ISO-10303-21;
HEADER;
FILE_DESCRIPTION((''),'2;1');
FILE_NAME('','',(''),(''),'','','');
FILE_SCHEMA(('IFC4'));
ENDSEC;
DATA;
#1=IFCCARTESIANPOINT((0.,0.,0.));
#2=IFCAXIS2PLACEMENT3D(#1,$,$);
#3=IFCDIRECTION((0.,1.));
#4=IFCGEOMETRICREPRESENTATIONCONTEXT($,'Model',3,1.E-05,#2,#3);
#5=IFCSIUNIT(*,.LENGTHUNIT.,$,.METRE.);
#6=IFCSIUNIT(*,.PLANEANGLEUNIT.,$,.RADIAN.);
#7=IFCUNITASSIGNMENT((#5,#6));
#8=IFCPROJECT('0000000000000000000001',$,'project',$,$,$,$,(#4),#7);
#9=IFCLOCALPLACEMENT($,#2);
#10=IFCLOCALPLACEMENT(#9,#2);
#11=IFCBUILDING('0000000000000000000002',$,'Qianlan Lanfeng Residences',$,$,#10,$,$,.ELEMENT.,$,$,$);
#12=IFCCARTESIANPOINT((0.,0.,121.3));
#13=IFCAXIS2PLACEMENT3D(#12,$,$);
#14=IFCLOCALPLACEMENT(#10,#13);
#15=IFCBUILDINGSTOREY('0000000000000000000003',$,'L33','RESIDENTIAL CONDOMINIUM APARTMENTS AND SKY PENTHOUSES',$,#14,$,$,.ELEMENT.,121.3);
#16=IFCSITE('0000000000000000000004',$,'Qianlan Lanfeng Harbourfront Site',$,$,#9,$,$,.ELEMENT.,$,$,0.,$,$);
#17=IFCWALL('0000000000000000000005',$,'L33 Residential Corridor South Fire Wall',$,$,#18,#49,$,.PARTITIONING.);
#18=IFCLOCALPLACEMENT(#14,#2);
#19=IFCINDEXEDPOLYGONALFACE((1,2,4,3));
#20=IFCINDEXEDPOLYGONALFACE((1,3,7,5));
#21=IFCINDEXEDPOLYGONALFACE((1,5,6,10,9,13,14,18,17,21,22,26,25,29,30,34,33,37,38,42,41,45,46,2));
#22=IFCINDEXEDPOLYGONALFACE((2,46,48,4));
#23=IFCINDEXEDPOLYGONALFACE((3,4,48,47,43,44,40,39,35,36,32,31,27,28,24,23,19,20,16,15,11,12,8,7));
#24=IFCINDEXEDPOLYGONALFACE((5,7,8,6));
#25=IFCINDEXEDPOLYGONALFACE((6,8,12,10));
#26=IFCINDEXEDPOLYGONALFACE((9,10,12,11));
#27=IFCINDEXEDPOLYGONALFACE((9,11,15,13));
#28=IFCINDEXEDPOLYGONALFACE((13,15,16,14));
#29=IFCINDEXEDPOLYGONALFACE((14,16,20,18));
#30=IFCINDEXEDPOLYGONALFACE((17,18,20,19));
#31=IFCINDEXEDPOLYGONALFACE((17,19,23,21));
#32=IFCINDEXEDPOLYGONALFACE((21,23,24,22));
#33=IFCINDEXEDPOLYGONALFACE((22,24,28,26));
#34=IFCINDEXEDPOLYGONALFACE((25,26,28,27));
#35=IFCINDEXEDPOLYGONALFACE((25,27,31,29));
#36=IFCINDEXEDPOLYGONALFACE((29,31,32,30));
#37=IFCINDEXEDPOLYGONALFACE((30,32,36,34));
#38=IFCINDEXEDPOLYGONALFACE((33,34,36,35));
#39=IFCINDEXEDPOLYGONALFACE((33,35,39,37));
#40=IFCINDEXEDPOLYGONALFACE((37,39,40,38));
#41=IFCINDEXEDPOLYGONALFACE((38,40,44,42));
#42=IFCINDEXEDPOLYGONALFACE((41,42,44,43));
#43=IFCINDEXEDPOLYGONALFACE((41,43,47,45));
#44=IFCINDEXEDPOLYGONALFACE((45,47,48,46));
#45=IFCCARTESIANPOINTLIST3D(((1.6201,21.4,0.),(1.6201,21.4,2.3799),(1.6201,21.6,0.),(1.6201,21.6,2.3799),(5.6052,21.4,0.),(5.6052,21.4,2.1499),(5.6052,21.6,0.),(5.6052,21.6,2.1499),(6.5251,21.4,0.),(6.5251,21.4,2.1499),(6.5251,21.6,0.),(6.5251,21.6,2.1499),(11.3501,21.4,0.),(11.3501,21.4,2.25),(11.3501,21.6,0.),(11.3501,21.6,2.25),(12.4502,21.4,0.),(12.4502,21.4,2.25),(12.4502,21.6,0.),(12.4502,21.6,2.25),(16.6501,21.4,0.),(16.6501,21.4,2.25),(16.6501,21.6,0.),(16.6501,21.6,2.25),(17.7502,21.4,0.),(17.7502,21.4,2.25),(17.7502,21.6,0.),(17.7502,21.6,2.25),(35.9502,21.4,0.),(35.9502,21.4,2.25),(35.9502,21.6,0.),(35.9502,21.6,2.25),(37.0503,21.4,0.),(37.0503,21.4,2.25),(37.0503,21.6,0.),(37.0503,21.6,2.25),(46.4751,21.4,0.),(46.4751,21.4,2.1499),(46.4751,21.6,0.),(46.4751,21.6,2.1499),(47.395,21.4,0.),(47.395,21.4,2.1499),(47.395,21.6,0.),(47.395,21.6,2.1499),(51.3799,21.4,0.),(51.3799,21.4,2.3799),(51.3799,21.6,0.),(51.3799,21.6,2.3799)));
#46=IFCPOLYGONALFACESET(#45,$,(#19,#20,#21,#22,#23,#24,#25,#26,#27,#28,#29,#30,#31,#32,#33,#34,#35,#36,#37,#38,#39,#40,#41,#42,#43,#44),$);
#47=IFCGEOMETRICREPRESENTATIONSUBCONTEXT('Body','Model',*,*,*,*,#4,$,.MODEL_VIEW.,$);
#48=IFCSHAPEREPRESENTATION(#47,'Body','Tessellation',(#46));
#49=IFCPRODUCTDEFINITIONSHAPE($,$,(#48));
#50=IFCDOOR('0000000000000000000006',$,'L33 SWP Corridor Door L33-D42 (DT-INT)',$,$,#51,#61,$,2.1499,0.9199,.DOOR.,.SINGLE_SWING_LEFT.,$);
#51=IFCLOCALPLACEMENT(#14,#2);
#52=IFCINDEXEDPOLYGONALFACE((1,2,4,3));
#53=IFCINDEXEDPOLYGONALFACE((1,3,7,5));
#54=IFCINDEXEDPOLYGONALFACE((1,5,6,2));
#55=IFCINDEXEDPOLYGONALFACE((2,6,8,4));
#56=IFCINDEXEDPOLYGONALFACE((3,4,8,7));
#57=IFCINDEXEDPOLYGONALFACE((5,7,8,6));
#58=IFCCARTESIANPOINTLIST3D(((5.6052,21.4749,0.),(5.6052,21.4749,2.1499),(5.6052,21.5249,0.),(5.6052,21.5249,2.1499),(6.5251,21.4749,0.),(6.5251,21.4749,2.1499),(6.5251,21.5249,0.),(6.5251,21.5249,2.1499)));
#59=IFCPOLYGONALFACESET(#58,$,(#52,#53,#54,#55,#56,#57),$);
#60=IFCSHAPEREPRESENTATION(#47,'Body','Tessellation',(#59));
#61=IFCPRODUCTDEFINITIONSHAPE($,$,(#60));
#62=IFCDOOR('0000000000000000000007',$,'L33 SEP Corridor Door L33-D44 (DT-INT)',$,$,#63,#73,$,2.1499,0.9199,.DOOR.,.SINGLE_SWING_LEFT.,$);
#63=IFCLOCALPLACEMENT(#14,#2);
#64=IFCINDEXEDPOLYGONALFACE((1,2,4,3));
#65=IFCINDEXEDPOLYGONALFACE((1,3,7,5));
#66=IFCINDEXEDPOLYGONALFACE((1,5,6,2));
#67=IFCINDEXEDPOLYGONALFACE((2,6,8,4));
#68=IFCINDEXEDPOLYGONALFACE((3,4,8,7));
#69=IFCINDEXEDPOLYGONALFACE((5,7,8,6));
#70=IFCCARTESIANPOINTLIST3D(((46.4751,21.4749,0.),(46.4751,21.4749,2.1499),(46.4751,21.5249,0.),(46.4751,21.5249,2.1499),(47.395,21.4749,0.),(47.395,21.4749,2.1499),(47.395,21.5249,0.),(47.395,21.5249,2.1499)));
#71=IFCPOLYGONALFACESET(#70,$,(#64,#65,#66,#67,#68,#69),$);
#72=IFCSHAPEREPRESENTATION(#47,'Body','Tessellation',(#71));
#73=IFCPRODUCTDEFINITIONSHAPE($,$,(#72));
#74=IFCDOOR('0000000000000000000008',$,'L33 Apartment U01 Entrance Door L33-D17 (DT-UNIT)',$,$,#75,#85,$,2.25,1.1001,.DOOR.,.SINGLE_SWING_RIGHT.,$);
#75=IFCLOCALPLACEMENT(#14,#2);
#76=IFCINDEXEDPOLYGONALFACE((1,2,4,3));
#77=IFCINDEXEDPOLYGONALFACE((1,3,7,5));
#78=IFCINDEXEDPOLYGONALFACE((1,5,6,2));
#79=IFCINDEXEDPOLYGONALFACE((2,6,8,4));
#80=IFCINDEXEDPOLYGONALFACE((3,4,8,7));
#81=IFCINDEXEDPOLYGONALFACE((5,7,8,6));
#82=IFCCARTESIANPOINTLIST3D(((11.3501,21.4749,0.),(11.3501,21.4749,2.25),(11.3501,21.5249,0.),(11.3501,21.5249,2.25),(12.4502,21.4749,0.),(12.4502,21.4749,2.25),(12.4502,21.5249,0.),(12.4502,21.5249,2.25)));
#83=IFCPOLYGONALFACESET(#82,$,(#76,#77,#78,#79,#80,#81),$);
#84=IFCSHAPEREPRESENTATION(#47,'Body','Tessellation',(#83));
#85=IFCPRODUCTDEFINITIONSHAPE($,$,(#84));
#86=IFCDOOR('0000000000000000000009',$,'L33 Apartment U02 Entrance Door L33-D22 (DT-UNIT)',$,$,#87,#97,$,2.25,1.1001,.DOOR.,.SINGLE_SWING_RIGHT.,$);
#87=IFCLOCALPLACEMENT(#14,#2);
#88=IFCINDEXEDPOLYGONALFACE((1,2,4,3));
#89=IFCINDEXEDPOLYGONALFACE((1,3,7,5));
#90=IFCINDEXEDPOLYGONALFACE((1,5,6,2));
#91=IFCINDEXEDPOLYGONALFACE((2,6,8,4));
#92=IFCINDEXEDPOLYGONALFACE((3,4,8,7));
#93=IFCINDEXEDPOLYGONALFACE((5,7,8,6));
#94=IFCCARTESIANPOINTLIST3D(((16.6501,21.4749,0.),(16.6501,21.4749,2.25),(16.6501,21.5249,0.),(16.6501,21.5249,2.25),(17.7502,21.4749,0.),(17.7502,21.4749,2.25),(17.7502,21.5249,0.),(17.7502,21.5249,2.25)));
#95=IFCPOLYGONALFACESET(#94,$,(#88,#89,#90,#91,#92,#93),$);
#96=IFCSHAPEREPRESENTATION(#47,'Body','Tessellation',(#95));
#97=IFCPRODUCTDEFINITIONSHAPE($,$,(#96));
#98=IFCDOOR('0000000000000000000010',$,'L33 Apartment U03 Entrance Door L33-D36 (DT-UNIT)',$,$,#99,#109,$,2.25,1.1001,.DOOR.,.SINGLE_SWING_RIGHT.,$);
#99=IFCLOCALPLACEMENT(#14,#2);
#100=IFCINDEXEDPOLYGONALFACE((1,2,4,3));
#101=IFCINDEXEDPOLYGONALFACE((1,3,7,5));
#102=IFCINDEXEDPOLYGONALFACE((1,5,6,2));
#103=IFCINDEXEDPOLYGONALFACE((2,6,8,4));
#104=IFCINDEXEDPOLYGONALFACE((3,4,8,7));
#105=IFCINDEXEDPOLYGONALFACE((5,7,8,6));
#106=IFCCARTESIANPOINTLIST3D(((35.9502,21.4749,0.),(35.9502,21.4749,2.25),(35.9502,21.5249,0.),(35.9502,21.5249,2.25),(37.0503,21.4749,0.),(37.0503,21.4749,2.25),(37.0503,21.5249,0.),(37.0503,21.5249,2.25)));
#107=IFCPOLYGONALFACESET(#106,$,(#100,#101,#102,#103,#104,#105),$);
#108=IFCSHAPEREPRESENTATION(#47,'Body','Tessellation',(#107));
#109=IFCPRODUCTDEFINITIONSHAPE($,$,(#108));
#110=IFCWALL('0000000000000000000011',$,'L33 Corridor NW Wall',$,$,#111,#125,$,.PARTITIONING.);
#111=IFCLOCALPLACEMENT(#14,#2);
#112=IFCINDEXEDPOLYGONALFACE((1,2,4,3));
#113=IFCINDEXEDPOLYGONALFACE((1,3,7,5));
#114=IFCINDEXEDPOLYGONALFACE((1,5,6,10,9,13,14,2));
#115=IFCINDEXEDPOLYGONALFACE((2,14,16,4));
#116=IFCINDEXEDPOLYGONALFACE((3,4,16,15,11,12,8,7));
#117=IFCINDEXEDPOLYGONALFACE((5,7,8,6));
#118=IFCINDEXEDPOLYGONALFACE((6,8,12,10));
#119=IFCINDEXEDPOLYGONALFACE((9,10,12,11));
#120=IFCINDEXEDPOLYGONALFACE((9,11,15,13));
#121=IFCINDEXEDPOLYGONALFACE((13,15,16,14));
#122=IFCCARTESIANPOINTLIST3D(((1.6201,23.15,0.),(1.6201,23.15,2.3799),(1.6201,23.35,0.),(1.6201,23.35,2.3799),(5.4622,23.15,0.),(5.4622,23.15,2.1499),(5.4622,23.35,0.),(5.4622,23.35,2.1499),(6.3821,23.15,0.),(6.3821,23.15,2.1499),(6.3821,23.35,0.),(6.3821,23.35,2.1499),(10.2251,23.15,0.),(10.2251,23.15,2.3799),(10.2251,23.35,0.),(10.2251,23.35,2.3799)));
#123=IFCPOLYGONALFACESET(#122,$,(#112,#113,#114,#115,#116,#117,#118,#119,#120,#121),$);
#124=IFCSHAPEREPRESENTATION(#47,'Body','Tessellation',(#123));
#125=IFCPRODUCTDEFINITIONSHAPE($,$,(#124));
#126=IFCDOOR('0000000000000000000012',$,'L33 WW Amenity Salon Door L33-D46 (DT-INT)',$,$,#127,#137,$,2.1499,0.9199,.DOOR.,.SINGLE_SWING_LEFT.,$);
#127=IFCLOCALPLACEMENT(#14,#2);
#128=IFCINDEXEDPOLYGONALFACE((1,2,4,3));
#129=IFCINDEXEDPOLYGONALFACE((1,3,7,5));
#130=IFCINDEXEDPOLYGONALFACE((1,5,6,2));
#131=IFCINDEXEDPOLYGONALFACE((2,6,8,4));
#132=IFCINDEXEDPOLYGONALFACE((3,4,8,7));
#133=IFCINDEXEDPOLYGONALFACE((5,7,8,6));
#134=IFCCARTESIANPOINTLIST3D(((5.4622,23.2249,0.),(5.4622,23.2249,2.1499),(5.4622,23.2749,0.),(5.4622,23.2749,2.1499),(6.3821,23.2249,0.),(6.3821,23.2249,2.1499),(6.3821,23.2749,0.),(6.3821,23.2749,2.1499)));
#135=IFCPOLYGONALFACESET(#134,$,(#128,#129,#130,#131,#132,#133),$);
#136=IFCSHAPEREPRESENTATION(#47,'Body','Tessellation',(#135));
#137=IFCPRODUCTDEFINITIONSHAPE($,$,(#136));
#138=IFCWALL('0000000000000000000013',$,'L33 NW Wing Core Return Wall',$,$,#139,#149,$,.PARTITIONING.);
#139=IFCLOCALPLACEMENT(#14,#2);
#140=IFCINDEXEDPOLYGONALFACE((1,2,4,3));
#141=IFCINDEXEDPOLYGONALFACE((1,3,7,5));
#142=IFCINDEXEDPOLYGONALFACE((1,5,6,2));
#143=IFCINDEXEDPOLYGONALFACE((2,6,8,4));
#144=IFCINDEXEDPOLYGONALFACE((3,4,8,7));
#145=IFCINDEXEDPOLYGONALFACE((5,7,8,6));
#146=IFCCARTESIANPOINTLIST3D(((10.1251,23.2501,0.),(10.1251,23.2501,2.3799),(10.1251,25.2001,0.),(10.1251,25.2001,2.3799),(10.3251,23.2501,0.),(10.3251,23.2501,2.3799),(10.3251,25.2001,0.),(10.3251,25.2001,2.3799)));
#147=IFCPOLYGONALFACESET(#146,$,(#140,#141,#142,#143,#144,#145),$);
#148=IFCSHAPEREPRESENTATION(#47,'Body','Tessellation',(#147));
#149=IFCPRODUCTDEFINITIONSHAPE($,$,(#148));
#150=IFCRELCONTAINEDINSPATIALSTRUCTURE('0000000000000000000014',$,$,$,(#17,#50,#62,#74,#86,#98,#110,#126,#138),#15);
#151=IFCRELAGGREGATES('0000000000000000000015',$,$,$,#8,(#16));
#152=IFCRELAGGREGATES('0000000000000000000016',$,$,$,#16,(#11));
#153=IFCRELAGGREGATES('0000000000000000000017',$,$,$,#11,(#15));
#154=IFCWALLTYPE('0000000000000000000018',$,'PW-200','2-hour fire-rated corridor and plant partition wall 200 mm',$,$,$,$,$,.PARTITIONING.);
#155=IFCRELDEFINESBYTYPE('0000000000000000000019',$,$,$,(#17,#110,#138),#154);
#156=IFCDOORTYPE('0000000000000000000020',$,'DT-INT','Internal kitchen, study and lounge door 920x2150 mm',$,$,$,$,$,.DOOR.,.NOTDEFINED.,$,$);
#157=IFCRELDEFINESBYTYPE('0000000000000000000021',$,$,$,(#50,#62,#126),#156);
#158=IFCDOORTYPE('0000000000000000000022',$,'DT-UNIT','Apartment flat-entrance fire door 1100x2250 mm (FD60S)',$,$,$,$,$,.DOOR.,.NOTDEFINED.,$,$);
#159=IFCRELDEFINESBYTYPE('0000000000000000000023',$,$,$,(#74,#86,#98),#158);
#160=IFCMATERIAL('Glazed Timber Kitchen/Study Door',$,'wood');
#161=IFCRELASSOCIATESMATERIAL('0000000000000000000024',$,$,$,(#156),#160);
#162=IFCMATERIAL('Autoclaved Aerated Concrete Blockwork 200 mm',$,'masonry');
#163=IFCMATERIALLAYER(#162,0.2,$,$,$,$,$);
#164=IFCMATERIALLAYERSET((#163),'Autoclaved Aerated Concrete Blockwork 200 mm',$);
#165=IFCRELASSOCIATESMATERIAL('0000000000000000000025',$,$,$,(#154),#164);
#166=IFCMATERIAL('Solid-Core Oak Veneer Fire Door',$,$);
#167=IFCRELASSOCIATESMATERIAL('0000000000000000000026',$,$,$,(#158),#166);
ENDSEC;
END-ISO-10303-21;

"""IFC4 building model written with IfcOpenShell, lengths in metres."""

from ifc_helpers import new_model, si_unit, direction, frame, frame_2d, origin, place, context, subcontext, project, spatial, rectangle, extrude, material, layer, layer_set, type_object, element, fill, save


model = new_model("IFC4")

# Units and contexts
model_context = context("Model", 3, precision=1e-05, world=origin(), true_north=direction((0.0, 1.0)))
body_context = subcontext(model_context, "Body", "Model", "MODEL_VIEW")
ifc_project = project(units=[si_unit("LENGTHUNIT", "METRE"), si_unit("PLANEANGLEUNIT", "RADIAN")], contexts=[model_context])

# Site, building, storey
site_placement = place(None, origin())
site = spatial("IfcSite", under=ifc_project, at=site_placement, Name="Qianlan Lanfeng Harbourfront Site", CompositionType="ELEMENT", RefElevation=0.0)
building_placement = place(site_placement, origin())
building = spatial("IfcBuilding", under=site, at=building_placement, Name="Qianlan Lanfeng Residences", CompositionType="ELEMENT")
storey_placement = place(building_placement, frame((0.0, 0.0, 121.3)))
storey = spatial("IfcBuildingStorey", under=building, at=storey_placement, Name="L33", Description="RESIDENTIAL CONDOMINIUM APARTMENTS AND SKY PENTHOUSES", CompositionType="ELEMENT", Elevation=121.3)

# Shared definitions
ifc_material_1 = material(Name="Glazed Timber Kitchen/Study Door", Category="wood")
door_type_1 = type_object("IfcDoorType", Name="DT-INT", Description="Internal kitchen, study and lounge door 920x2150 mm", OperationType="NOTDEFINED", PredefinedType="DOOR", material=ifc_material_1)

# Wall, openings, doors
ifc_material_2 = material(Name="Autoclaved Aerated Concrete Blockwork 200 mm", Category="masonry")
ifc_layer_1 = layer(ifc_material_2, 0.2)
ifc_layer_set_1 = layer_set([ifc_layer_1], Name="Autoclaved Aerated Concrete Blockwork 200 mm")
wall_type_1 = type_object("IfcWallType", Name="PW-200", Description="2-hour fire-rated corridor and plant partition wall 200 mm", PredefinedType="PARTITIONING", material=ifc_layer_set_1)
wall_1_placement = place(storey_placement, frame((1.6201, 21.5, 0.0), z_axis=(0.0, 0.0, 1.0), x_axis=(1.0, 0.0, 0.0)))
wall_1 = element("IfcWall", 1, at=wall_1_placement, inside=storey, type_object=wall_type_1, Name="L33 Residential Corridor South Fire Wall", PredefinedType="PARTITIONING", context=body_context, shape_type="SweptSolid", body=[
    extrude(rectangle(XDim=49.7598, YDim=0.2, at=frame_2d((24.8799, 0.0))), origin(), (0.0, 0.0, 1.0), 2.3799),
])
opening_1_placement = place(wall_1_placement, frame((9.73, 0.0, 0.0)))
opening_1 = element("IfcOpeningElement", 2, at=opening_1_placement, cuts=wall_1, PredefinedType="OPENING", context=body_context, shape_type="SweptSolid", body=[
    extrude(rectangle(XDim=1.1001, YDim=2.25, at=frame_2d((0.55, 1.125))), frame((0.0, 0.1099, 0.0), z_axis=(0.0, -1.0, 0.0), x_axis=(1.0, 0.0, 0.0)), (0.0, 0.0, 1.0), 0.22),
])
opening_2_placement = place(wall_1_placement, frame((15.03, 0.0, 0.0)))
opening_2 = element("IfcOpeningElement", 3, at=opening_2_placement, cuts=wall_1, PredefinedType="OPENING", context=body_context, shape_type="SweptSolid", body=[
    extrude(rectangle(XDim=1.1001, YDim=2.25, at=frame_2d((0.55, 1.125))), frame((0.0, 0.1099, 0.0), z_axis=(0.0, -1.0, 0.0), x_axis=(1.0, 0.0, 0.0)), (0.0, 0.0, 1.0), 0.22),
])
opening_3_placement = place(wall_1_placement, frame((34.3301, 0.0, 0.0)))
opening_3 = element("IfcOpeningElement", 4, at=opening_3_placement, cuts=wall_1, PredefinedType="OPENING", context=body_context, shape_type="SweptSolid", body=[
    extrude(rectangle(XDim=1.1001, YDim=2.25, at=frame_2d((0.55, 1.125))), frame((0.0, 0.1099, 0.0), z_axis=(0.0, -1.0, 0.0), x_axis=(1.0, 0.0, 0.0)), (0.0, 0.0, 1.0), 0.22),
])
opening_4_placement = place(wall_1_placement, frame((3.9851, 0.0, 0.0)))
opening_4 = element("IfcOpeningElement", 5, at=opening_4_placement, cuts=wall_1, PredefinedType="OPENING", context=body_context, shape_type="SweptSolid", body=[
    extrude(rectangle(XDim=0.9199, YDim=2.1499, at=frame_2d((0.46, 1.075))), frame((0.0, 0.1099, 0.0), z_axis=(0.0, -1.0, 0.0), x_axis=(1.0, 0.0, 0.0)), (0.0, 0.0, 1.0), 0.22),
])
opening_5_placement = place(wall_1_placement, frame((44.855, 0.0, 0.0)))
opening_5 = element("IfcOpeningElement", 6, at=opening_5_placement, cuts=wall_1, PredefinedType="OPENING", context=body_context, shape_type="SweptSolid", body=[
    extrude(rectangle(XDim=0.9199, YDim=2.1499, at=frame_2d((0.46, 1.075))), frame((0.0, 0.1099, 0.0), z_axis=(0.0, -1.0, 0.0), x_axis=(1.0, 0.0, 0.0)), (0.0, 0.0, 1.0), 0.22),
])
door_1_placement = place(opening_4_placement, origin())
door_1 = element("IfcDoor", 7, at=door_1_placement, inside=storey, type_object=door_type_1, Name="L33 SWP Corridor Door L33-D42 (DT-INT)", OperationType="SINGLE_SWING_LEFT", OverallHeight=2.1499, OverallWidth=0.9199, PredefinedType="DOOR", context=body_context, shape_type="SweptSolid", body=[
    extrude(rectangle(XDim=0.9199, YDim=2.1499, at=frame_2d((0.46, 1.075))), frame((0.0, 0.0249, 0.0), z_axis=(0.0, -1.0, 0.0), x_axis=(1.0, 0.0, 0.0)), (0.0, 0.0, 1.0), 0.05),
])
fill(opening_4, door_1)
door_2_placement = place(opening_5_placement, origin())
door_2 = element("IfcDoor", 8, at=door_2_placement, inside=storey, type_object=door_type_1, Name="L33 SEP Corridor Door L33-D44 (DT-INT)", OperationType="SINGLE_SWING_LEFT", OverallHeight=2.1499, OverallWidth=0.9199, PredefinedType="DOOR", context=body_context, shape_type="SweptSolid", body=[
    extrude(rectangle(XDim=0.9199, YDim=2.1499, at=frame_2d((0.46, 1.075))), frame((0.0, 0.0249, 0.0), z_axis=(0.0, -1.0, 0.0), x_axis=(1.0, 0.0, 0.0)), (0.0, 0.0, 1.0), 0.05),
])
fill(opening_5, door_2)
ifc_material_3 = material(Name="Solid-Core Oak Veneer Fire Door")
door_type_2 = type_object("IfcDoorType", Name="DT-UNIT", Description="Apartment flat-entrance fire door 1100x2250 mm (FD60S)", OperationType="NOTDEFINED", PredefinedType="DOOR", material=ifc_material_3)
door_3_placement = place(opening_1_placement, origin())
door_3 = element("IfcDoor", 9, at=door_3_placement, inside=storey, type_object=door_type_2, Name="L33 Apartment U01 Entrance Door L33-D17 (DT-UNIT)", OperationType="SINGLE_SWING_RIGHT", OverallHeight=2.25, OverallWidth=1.1001, PredefinedType="DOOR", context=body_context, shape_type="SweptSolid", body=[
    extrude(rectangle(XDim=1.1001, YDim=2.25, at=frame_2d((0.55, 1.125))), frame((0.0, 0.0249, 0.0), z_axis=(0.0, -1.0, 0.0), x_axis=(1.0, 0.0, 0.0)), (0.0, 0.0, 1.0), 0.05),
])
fill(opening_1, door_3)
door_4_placement = place(opening_2_placement, origin())
door_4 = element("IfcDoor", 10, at=door_4_placement, inside=storey, type_object=door_type_2, Name="L33 Apartment U02 Entrance Door L33-D22 (DT-UNIT)", OperationType="SINGLE_SWING_RIGHT", OverallHeight=2.25, OverallWidth=1.1001, PredefinedType="DOOR", context=body_context, shape_type="SweptSolid", body=[
    extrude(rectangle(XDim=1.1001, YDim=2.25, at=frame_2d((0.55, 1.125))), frame((0.0, 0.0249, 0.0), z_axis=(0.0, -1.0, 0.0), x_axis=(1.0, 0.0, 0.0)), (0.0, 0.0, 1.0), 0.05),
])
fill(opening_2, door_4)
door_5_placement = place(opening_3_placement, origin())
door_5 = element("IfcDoor", 11, at=door_5_placement, inside=storey, type_object=door_type_2, Name="L33 Apartment U03 Entrance Door L33-D36 (DT-UNIT)", OperationType="SINGLE_SWING_RIGHT", OverallHeight=2.25, OverallWidth=1.1001, PredefinedType="DOOR", context=body_context, shape_type="SweptSolid", body=[
    extrude(rectangle(XDim=1.1001, YDim=2.25, at=frame_2d((0.55, 1.125))), frame((0.0, 0.0249, 0.0), z_axis=(0.0, -1.0, 0.0), x_axis=(1.0, 0.0, 0.0)), (0.0, 0.0, 1.0), 0.05),
])
fill(opening_3, door_5)

# Wall, opening, door
wall_2_placement = place(storey_placement, frame((1.6201, 23.25, 0.0), z_axis=(0.0, 0.0, 1.0), x_axis=(1.0, 0.0, 0.0)))
wall_2 = element("IfcWall", 12, at=wall_2_placement, inside=storey, type_object=wall_type_1, Name="L33 Corridor NW Wall", PredefinedType="PARTITIONING", context=body_context, shape_type="SweptSolid", body=[
    extrude(rectangle(XDim=8.605, YDim=0.2, at=frame_2d((4.3025, 0.0))), origin(), (0.0, 0.0, 1.0), 2.3799),
])
opening_6_placement = place(wall_2_placement, frame((3.842, 0.0, 0.0)))
opening_6 = element("IfcOpeningElement", 13, at=opening_6_placement, cuts=wall_2, PredefinedType="OPENING", context=body_context, shape_type="SweptSolid", body=[
    extrude(rectangle(XDim=0.9199, YDim=2.1499, at=frame_2d((0.46, 1.075))), frame((0.0, 0.1099, 0.0), z_axis=(0.0, -1.0, 0.0), x_axis=(1.0, 0.0, 0.0)), (0.0, 0.0, 1.0), 0.22),
])
door_6_placement = place(opening_6_placement, origin())
door_6 = element("IfcDoor", 14, at=door_6_placement, inside=storey, type_object=door_type_1, Name="L33 WW Amenity Salon Door L33-D46 (DT-INT)", OperationType="SINGLE_SWING_LEFT", OverallHeight=2.1499, OverallWidth=0.9199, PredefinedType="DOOR", context=body_context, shape_type="SweptSolid", body=[
    extrude(rectangle(XDim=0.9199, YDim=2.1499, at=frame_2d((0.46, 1.075))), frame((0.0, 0.0249, 0.0), z_axis=(0.0, -1.0, 0.0), x_axis=(1.0, 0.0, 0.0)), (0.0, 0.0, 1.0), 0.05),
])
fill(opening_6, door_6)

# Wall
wall_3_placement = place(storey_placement, frame((10.2251, 23.25, 0.0), z_axis=(0.0, 0.0, 1.0), x_axis=(0.0, 1.0, 0.0)))
element("IfcWall", 15, at=wall_3_placement, inside=storey, type_object=wall_type_1, Name="L33 NW Wing Core Return Wall", PredefinedType="PARTITIONING", context=body_context, shape_type="SweptSolid", body=[
    extrude(rectangle(XDim=1.95, YDim=0.2, at=frame_2d((0.9751, 0.0))), origin(), (0.0, 0.0, 1.0), 2.3799),
])

save(model, "model.ifc")
